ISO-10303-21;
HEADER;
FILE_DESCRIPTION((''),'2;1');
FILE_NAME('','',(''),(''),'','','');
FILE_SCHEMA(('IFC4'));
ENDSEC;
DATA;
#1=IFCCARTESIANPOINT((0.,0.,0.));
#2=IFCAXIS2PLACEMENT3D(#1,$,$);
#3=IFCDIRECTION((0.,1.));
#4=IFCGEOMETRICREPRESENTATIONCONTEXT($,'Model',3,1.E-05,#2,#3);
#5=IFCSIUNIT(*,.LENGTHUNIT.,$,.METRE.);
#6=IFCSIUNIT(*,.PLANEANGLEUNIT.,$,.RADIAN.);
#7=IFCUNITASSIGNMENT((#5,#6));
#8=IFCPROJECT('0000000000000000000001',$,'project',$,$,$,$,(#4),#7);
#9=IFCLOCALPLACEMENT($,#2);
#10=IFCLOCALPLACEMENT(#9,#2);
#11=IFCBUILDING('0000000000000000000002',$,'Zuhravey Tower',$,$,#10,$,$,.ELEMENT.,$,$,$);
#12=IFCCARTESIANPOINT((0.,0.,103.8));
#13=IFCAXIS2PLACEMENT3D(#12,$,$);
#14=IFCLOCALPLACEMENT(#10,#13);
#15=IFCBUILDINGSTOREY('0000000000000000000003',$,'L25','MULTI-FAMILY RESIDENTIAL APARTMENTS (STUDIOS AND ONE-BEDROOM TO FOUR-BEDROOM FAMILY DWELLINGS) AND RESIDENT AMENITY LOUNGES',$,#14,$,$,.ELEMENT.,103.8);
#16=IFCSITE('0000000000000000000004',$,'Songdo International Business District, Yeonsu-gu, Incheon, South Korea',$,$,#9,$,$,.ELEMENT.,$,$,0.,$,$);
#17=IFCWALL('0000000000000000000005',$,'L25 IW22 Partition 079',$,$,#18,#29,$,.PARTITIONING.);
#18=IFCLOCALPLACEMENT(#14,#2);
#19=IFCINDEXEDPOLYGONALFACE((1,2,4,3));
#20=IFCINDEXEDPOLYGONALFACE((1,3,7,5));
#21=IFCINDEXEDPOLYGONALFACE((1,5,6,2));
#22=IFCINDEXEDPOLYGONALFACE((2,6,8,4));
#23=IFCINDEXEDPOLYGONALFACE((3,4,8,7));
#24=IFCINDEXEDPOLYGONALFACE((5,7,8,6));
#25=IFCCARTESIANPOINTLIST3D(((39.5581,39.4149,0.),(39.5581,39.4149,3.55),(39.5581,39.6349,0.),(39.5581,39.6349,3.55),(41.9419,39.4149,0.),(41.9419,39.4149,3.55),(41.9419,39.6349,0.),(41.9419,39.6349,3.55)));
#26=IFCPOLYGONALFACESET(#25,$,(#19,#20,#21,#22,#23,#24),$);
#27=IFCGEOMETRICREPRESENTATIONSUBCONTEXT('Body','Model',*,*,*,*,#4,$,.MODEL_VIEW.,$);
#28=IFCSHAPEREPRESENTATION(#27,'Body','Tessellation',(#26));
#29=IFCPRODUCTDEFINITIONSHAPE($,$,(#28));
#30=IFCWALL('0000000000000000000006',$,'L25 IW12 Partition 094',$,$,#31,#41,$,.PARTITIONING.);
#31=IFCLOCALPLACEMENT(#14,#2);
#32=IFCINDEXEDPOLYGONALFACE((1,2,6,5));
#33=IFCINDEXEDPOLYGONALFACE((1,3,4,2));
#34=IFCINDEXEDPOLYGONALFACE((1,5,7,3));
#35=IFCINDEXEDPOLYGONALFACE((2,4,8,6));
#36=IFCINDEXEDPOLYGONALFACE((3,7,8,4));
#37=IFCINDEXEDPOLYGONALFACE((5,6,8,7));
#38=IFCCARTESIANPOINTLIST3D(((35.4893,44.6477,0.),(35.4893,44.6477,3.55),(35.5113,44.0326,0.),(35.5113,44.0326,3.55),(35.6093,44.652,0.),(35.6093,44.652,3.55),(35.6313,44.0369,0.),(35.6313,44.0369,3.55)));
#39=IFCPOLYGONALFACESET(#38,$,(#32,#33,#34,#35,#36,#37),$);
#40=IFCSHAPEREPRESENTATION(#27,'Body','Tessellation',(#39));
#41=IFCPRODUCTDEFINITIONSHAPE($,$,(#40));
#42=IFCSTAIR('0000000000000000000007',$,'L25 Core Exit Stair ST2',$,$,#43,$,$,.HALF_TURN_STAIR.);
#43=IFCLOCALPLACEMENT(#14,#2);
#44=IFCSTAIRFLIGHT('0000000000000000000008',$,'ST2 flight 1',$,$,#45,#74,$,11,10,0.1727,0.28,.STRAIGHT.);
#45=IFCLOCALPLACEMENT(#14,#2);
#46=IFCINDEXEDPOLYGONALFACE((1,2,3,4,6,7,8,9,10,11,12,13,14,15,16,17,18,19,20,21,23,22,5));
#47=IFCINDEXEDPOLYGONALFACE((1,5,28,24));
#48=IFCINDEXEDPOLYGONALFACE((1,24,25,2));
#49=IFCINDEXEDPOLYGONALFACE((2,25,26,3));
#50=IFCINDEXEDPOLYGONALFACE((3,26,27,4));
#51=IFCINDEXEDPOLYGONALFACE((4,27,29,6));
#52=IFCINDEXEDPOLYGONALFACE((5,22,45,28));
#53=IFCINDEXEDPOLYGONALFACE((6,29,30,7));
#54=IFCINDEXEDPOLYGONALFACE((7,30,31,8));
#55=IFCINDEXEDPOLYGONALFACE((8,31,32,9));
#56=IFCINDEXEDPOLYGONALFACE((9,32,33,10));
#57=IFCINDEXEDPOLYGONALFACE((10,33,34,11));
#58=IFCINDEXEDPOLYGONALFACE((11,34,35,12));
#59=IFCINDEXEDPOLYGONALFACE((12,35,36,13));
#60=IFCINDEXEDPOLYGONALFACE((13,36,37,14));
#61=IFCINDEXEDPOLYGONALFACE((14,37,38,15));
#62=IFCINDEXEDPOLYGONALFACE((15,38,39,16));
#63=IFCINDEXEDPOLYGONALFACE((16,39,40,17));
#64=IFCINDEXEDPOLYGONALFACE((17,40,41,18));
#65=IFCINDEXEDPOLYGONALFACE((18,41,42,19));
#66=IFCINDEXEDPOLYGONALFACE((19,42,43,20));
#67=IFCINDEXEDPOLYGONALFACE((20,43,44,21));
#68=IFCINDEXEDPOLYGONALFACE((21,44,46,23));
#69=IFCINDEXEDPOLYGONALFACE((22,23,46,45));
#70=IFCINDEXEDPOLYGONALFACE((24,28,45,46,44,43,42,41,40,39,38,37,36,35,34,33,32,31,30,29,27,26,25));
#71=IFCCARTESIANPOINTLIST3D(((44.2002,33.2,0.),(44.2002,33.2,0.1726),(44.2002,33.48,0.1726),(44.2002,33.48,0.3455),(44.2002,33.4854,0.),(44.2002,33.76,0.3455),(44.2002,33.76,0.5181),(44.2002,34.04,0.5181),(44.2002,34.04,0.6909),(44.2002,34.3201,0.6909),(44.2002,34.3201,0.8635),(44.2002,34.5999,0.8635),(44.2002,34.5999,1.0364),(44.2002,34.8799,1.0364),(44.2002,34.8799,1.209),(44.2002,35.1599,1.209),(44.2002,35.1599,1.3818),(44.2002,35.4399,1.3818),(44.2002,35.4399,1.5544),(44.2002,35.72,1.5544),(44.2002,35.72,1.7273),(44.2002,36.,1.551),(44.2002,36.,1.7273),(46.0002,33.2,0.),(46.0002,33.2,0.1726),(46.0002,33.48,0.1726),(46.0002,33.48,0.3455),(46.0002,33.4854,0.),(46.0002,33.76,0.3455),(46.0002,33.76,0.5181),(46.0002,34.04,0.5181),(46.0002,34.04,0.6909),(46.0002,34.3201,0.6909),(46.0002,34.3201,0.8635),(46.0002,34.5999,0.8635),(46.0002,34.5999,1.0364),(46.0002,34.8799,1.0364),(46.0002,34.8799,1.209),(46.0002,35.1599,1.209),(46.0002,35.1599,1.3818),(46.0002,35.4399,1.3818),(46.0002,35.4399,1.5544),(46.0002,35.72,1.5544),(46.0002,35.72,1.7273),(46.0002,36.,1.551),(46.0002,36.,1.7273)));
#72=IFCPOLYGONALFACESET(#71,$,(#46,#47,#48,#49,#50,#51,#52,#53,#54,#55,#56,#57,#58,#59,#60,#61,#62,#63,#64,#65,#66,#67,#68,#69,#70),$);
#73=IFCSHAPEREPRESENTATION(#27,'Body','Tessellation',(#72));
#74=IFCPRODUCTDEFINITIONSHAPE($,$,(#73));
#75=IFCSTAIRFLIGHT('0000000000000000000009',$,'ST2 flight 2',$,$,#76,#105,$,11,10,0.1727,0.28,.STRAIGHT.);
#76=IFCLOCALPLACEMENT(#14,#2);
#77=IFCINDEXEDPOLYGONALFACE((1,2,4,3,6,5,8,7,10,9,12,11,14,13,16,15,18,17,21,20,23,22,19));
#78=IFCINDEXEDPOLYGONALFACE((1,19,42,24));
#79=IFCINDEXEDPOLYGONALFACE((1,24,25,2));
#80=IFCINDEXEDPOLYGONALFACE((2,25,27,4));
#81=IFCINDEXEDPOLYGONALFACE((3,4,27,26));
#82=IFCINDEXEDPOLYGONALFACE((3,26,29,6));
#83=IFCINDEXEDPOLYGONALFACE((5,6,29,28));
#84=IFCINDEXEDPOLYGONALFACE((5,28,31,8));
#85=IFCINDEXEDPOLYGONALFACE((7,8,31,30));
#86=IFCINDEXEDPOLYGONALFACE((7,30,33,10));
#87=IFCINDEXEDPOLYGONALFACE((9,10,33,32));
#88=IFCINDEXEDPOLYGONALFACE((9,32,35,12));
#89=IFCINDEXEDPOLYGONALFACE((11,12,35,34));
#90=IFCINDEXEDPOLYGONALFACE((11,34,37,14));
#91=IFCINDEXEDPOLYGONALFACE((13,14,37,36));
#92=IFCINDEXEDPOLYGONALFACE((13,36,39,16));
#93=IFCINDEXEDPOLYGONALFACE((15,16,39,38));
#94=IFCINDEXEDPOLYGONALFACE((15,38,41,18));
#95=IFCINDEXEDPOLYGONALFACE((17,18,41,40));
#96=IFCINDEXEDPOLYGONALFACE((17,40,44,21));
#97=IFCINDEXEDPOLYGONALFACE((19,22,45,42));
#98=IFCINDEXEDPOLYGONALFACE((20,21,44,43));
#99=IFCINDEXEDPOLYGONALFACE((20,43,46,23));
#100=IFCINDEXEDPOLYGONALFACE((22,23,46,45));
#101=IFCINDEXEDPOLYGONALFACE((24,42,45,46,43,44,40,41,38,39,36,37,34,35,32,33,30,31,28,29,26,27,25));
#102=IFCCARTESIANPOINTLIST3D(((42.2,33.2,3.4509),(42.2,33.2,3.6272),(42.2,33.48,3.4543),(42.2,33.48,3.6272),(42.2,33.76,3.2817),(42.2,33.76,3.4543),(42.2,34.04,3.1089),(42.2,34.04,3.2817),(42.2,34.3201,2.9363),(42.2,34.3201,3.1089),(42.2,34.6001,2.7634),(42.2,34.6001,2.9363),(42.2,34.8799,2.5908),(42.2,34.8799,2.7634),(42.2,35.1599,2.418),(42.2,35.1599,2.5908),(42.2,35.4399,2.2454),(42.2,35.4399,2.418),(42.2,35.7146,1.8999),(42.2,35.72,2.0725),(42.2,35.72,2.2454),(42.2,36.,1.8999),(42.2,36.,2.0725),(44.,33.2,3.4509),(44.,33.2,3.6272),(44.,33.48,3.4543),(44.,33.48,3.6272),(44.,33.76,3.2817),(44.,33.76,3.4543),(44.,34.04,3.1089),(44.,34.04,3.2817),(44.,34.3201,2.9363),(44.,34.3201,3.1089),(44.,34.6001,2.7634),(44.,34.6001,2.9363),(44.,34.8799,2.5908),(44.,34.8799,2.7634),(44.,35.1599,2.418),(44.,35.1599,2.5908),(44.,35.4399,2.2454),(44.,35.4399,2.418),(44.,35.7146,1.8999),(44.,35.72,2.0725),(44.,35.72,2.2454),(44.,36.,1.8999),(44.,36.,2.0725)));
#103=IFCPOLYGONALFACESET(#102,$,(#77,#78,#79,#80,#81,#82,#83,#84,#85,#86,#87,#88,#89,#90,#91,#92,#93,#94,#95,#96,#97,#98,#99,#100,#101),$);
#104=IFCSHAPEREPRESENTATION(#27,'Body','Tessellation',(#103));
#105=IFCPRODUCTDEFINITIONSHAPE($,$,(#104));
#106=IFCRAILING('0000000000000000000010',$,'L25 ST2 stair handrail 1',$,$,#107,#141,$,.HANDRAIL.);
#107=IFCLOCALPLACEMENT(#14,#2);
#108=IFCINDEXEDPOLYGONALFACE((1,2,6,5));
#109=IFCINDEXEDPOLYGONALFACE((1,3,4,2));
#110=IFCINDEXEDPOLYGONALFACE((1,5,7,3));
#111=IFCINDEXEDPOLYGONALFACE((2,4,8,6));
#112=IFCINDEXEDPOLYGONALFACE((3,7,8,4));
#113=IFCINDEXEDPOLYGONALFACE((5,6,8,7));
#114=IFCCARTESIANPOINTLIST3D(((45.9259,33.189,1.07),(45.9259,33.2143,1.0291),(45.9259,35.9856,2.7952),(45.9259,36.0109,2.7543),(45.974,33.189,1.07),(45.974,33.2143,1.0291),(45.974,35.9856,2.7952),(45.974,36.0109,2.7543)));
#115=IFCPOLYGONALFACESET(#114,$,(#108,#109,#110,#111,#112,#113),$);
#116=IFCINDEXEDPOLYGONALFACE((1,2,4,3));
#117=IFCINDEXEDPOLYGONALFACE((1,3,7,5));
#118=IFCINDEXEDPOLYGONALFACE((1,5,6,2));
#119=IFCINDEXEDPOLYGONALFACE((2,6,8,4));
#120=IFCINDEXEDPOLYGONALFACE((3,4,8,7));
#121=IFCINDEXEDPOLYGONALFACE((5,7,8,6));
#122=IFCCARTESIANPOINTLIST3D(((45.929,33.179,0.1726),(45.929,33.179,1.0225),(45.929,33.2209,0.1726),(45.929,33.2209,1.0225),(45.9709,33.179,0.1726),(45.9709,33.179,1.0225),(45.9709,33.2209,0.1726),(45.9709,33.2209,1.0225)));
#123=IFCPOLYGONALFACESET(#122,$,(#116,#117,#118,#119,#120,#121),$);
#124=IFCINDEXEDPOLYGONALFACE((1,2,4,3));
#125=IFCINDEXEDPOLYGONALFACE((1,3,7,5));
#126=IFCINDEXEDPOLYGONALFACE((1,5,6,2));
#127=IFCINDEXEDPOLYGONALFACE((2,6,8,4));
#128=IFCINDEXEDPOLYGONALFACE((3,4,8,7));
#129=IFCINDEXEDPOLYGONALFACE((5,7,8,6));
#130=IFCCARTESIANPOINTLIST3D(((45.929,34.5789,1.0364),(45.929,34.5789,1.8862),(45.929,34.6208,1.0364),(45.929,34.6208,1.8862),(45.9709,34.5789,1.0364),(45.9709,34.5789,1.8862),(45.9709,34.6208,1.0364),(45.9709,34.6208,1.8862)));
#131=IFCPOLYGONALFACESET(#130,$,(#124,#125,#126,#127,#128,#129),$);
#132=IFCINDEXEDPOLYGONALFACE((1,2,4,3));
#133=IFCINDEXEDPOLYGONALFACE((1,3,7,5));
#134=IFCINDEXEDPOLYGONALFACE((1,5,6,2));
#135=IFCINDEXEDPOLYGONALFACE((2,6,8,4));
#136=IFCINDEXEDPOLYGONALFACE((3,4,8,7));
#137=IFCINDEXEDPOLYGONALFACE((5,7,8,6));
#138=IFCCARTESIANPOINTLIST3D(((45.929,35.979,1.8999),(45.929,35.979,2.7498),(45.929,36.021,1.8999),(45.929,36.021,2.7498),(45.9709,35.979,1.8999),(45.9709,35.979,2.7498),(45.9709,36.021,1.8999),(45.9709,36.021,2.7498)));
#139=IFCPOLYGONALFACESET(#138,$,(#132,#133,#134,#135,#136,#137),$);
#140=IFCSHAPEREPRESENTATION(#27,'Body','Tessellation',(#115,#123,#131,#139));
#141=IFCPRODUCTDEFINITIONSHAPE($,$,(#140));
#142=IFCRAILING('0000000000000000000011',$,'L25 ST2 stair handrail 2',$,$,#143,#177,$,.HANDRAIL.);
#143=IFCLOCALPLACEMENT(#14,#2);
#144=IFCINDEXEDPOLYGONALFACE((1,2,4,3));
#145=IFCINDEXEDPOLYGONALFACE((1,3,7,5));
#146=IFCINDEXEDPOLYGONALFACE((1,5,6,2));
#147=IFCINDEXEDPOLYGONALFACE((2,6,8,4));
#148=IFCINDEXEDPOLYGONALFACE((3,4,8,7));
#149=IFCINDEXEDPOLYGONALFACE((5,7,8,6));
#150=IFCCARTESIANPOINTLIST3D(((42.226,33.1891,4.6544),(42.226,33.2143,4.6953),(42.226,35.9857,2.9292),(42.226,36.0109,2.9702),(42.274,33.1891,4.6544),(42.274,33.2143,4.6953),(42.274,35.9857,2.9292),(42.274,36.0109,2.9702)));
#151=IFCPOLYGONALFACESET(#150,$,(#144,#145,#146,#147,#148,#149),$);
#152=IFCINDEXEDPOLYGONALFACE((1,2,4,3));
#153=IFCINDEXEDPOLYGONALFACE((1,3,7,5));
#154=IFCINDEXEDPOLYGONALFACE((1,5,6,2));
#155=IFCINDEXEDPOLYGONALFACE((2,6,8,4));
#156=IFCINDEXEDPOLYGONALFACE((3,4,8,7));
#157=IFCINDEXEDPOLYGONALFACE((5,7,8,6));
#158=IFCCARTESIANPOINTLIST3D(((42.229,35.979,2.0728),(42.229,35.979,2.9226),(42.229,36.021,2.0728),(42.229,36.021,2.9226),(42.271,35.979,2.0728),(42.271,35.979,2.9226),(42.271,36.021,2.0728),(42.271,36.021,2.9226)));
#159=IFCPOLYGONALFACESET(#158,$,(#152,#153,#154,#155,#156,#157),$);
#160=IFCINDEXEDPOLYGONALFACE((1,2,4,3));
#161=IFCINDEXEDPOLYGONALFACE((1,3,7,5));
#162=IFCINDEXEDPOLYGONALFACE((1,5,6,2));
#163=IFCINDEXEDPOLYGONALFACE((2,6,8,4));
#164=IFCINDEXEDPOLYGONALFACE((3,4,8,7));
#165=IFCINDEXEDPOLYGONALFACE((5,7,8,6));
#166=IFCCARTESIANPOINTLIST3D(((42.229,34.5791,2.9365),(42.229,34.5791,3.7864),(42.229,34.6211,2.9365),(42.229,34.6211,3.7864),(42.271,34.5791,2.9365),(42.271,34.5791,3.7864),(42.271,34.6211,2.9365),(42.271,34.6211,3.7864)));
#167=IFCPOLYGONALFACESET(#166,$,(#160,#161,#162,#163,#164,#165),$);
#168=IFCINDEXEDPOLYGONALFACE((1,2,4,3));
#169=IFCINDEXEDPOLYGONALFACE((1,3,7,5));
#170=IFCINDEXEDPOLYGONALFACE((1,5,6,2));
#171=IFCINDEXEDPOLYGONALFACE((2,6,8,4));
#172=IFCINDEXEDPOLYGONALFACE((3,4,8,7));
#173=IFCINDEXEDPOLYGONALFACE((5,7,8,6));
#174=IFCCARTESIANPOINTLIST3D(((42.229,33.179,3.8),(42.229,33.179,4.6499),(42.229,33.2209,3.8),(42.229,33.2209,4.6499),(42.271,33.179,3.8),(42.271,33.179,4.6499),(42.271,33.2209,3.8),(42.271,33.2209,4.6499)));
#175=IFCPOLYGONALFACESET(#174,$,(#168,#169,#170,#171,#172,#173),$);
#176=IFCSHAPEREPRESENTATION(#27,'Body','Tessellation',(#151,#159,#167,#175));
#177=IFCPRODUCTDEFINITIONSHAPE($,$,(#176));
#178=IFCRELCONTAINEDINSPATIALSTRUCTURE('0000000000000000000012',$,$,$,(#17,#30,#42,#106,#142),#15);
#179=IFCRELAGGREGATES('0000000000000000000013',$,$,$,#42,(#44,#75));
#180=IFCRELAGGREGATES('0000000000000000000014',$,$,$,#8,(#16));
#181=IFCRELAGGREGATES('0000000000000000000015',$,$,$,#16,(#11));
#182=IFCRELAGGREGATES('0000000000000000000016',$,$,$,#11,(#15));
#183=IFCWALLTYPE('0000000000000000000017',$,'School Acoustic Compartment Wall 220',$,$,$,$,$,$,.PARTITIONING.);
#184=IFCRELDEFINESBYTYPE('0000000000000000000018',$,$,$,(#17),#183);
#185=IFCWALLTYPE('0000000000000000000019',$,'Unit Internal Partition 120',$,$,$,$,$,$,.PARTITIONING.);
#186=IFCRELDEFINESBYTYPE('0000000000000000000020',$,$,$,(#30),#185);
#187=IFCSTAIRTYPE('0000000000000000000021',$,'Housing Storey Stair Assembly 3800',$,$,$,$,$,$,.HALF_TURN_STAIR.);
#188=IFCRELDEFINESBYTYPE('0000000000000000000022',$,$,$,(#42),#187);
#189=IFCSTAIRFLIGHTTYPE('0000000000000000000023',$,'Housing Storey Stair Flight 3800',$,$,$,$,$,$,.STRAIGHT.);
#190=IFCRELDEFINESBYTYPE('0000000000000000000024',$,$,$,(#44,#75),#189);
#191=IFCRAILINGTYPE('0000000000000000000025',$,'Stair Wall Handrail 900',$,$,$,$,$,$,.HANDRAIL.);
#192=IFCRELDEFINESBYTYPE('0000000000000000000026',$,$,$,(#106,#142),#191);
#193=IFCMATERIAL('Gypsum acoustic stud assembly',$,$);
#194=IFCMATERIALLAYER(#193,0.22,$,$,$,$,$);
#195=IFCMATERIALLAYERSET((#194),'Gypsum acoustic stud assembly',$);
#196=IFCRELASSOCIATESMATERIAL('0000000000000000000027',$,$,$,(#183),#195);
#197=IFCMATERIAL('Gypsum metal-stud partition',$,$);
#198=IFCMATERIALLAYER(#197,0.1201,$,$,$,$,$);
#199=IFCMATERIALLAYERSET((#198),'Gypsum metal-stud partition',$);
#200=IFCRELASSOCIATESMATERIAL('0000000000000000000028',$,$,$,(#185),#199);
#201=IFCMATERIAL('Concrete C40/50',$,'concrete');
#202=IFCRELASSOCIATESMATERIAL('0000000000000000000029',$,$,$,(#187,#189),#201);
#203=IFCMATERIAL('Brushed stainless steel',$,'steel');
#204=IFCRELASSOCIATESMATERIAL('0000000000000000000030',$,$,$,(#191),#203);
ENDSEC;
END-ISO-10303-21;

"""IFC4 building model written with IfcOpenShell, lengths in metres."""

from ifc_helpers import new_model, si_unit, direction, frame, frame_2d, origin, origin_2d, place, context, subcontext, project, spatial, polyline, rectangle, outline, extrude, material, layer, layer_set, type_object, element, aggregate, save


model = new_model("IFC4")

# Units and contexts
model_context = context("Model", 3, precision=1e-05, world=origin(), true_north=direction((0.0, 1.0)))
body_context = subcontext(model_context, "Body", "Model", "MODEL_VIEW")
ifc_project = project(units=[si_unit("LENGTHUNIT", "METRE"), si_unit("PLANEANGLEUNIT", "RADIAN")], contexts=[model_context])

# Site, building, storey
site_placement = place(None, origin())
site = spatial("IfcSite", under=ifc_project, at=site_placement, Name="Songdo International Business District, Yeonsu-gu, Incheon, South Korea", CompositionType="ELEMENT", RefElevation=0.0)
building_placement = place(site_placement, origin())
building = spatial("IfcBuilding", under=site, at=building_placement, Name="Zuhravey Tower", CompositionType="ELEMENT")
storey_placement = place(building_placement, frame((0.0, 0.0, 103.8)))
storey = spatial("IfcBuildingStorey", under=building, at=storey_placement, Name="L25", Description="MULTI-FAMILY RESIDENTIAL APARTMENTS (STUDIOS AND ONE-BEDROOM TO FOUR-BEDROOM FAMILY DWELLINGS) AND RESIDENT AMENITY LOUNGES", CompositionType="ELEMENT", Elevation=103.8)

# Walls
ifc_material_1 = material(Name="Gypsum acoustic stud assembly")
ifc_layer_1 = layer(ifc_material_1, 0.22)
ifc_layer_set_1 = layer_set([ifc_layer_1], Name="Gypsum acoustic stud assembly")
wall_type_1 = type_object("IfcWallType", Name="School Acoustic Compartment Wall 220", PredefinedType="PARTITIONING", material=ifc_layer_set_1)
for number, where, z_axis, x_axis, name in (
    (1, (39.5581, 39.5249, 0.0), (0.0, 0.0, 1.0), (1.0, 0.0, 0.0), "L25 IW22 Partition 079"),
):
    element("IfcWall", number, at=place(storey_placement, frame(where, z_axis=z_axis, x_axis=x_axis)), inside=storey, type_object=wall_type_1, Name=name, PredefinedType="PARTITIONING", context=body_context, shape_type="SweptSolid", body=[
        extrude(rectangle(XDim=2.3838, YDim=0.22, at=frame_2d((1.1919, 0.0))), origin(), (0.0, 0.0, 1.0), 3.55),
    ])
ifc_material_2 = material(Name="Gypsum metal-stud partition")
ifc_layer_2 = layer(ifc_material_2, 0.1201)
ifc_layer_set_2 = layer_set([ifc_layer_2], Name="Gypsum metal-stud partition")
wall_type_2 = type_object("IfcWallType", Name="Unit Internal Partition 120", PredefinedType="PARTITIONING", material=ifc_layer_set_2)
wall_1_placement = place(storey_placement, frame((35.5713, 44.0349, 0.0), z_axis=(0.0, 0.0, 1.0), x_axis=(-0.035706, 0.999362, 0.0)))
element("IfcWall", 2, at=wall_1_placement, inside=storey, type_object=wall_type_2, Name="L25 IW12 Partition 094", PredefinedType="PARTITIONING", context=body_context, shape_type="SweptSolid", body=[
    extrude(rectangle(XDim=0.6155, YDim=0.1201, at=frame_2d((0.3076, 0.0))), origin(), (0.0, 0.0, 1.0), 3.55),
])

# Stair, stair flights
ifc_material_3 = material(Name="Concrete C40/50", Category="concrete")
stair_type = type_object("IfcStairType", Name="Housing Storey Stair Assembly 3800", PredefinedType="HALF_TURN_STAIR", material=ifc_material_3)
stair_placement = place(storey_placement, origin())
stair = element("IfcStair", 3, at=stair_placement, inside=storey, type_object=stair_type, Name="L25 Core Exit Stair ST2", PredefinedType="HALF_TURN_STAIR")
stair_flight_type = type_object("IfcStairFlightType", Name="Housing Storey Stair Flight 3800", PredefinedType="STRAIGHT", material=ifc_material_3)
stair_flight_1_placement = place(storey_placement, frame((45.1001, 33.2, 0.0), z_axis=(0.0, 0.0, 1.0), x_axis=(0.0, 1.0, 0.0)))
stair_flight_1 = element("IfcStairFlight", 4, at=stair_flight_1_placement, type_object=stair_flight_type, Name="ST2 flight 1", NumberOfRisers=11, NumberOfTreads=10, PredefinedType="STRAIGHT", RiserHeight=0.1727, TreadLength=0.28, context=body_context, shape_type="SweptSolid", body=[
    extrude(outline(polyline([(0.0, 0.0), (0.0, 0.1726), (0.28, 0.1726), (0.28, 0.3455), (0.5601, 0.3455), (0.5601, 0.5181), (0.8401, 0.5181), (0.8401, 0.6909), (1.1201, 0.6909), (1.1201, 0.8635), (1.3999, 0.8635), (1.3999, 1.0364), (1.6799, 1.0364), (1.6799, 1.209), (1.96, 1.209), (1.96, 1.3818), (2.24, 1.3818), (2.24, 1.5544), (2.52, 1.5544), (2.52, 1.7273), (2.8, 1.7273), (2.8, 1.8999), (2.8, 1.551), (0.2854, 0.0), (0.0, 0.0)])), frame((0.0, 0.8999, 0.0), z_axis=(0.0, -1.0, 0.0), x_axis=(1.0, 0.0, 0.0)), (0.0, 0.0, 1.0), 1.8),
])
stair_flight_2_placement = place(storey_placement, frame((43.1001, 36.0, 1.8999), z_axis=(0.0, 0.0, 1.0), x_axis=(0.0, -1.0, 0.0)))
stair_flight_2 = element("IfcStairFlight", 5, at=stair_flight_2_placement, type_object=stair_flight_type, Name="ST2 flight 2", NumberOfRisers=11, NumberOfTreads=10, PredefinedType="STRAIGHT", RiserHeight=0.1727, TreadLength=0.28, context=body_context, shape_type="SweptSolid", body=[
    extrude(outline(polyline([(0.0, 0.0), (0.0, 0.1726), (0.28, 0.1726), (0.28, 0.3455), (0.5601, 0.3455), (0.5601, 0.5181), (0.8401, 0.5181), (0.8401, 0.6909), (1.1201, 0.6909), (1.1201, 0.8635), (1.3999, 0.8635), (1.3999, 1.0364), (1.6799, 1.0364), (1.6799, 1.209), (1.96, 1.209), (1.96, 1.3818), (2.24, 1.3818), (2.24, 1.5544), (2.52, 1.5544), (2.52, 1.7273), (2.8, 1.7273), (2.8, 1.8999), (2.8, 1.551), (0.2854, 0.0), (0.0, 0.0)])), frame((0.0, 0.8999, 0.0), z_axis=(0.0, -1.0, 0.0), x_axis=(1.0, 0.0, 0.0)), (0.0, 0.0, 1.0), 1.8),
])
aggregate(stair, [stair_flight_1, stair_flight_2])

# Railings
ifc_material_4 = material(Name="Brushed stainless steel", Category="steel")
railing_type_1 = type_object("IfcRailingType", Name="Stair Wall Handrail 900", PredefinedType="HANDRAIL", material=ifc_material_4)
railing_1_placement = place(storey_placement, frame((45.95, 33.2, 0.1726)))
element("IfcRailing", 6, at=railing_1_placement, inside=storey, type_object=railing_type_1, Name="L25 ST2 stair handrail 1", PredefinedType="HANDRAIL", context=body_context, shape_type="SweptSolid", body=[
    extrude(rectangle(XDim=0.0481, YDim=0.0481, at=origin_2d()), frame((0.0, 0.0017, 0.877), z_axis=(0.0, 0.85109, 0.52502), x_axis=(-1.0, 0.0, 0.0)), (0.0, 0.0, 1.0), 3.2859),
    extrude(rectangle(XDim=0.042, YDim=0.042, at=origin_2d()), origin(), (0.0, 0.0, 1.0), 0.8499),
    extrude(rectangle(XDim=0.042, YDim=0.042, at=origin_2d()), frame((0.0, 1.3999, 0.8638)), (0.0, 0.0, 1.0), 0.8499),
    extrude(rectangle(XDim=0.042, YDim=0.042, at=origin_2d()), frame((0.0, 2.8, 1.7273)), (0.0, 0.0, 1.0), 0.8499),
])
railing_2_placement = place(storey_placement, frame((42.25, 36.0, 2.0728)))
element("IfcRailing", 7, at=railing_2_placement, inside=storey, type_object=railing_type_1, Name="L25 ST2 stair handrail 2", PredefinedType="HANDRAIL", context=body_context, shape_type="SweptSolid", body=[
    extrude(rectangle(XDim=0.0481, YDim=0.0481, at=origin_2d()), frame((0.0, -0.0017, 0.877), z_axis=(0.0, -0.85109, 0.52502), x_axis=(1.0, 0.0, 0.0)), (0.0, 0.0, 1.0), 3.2859),
    extrude(rectangle(XDim=0.042, YDim=0.042, at=origin_2d()), origin(), (0.0, 0.0, 1.0), 0.8499),
    extrude(rectangle(XDim=0.042, YDim=0.042, at=origin_2d()), frame((0.0, -1.3999, 0.8638)), (0.0, 0.0, 1.0), 0.8499),
    extrude(rectangle(XDim=0.042, YDim=0.042, at=origin_2d()), frame((0.0, -2.8, 1.7273)), (0.0, 0.0, 1.0), 0.8499),
])

save(model, "model.ifc")
